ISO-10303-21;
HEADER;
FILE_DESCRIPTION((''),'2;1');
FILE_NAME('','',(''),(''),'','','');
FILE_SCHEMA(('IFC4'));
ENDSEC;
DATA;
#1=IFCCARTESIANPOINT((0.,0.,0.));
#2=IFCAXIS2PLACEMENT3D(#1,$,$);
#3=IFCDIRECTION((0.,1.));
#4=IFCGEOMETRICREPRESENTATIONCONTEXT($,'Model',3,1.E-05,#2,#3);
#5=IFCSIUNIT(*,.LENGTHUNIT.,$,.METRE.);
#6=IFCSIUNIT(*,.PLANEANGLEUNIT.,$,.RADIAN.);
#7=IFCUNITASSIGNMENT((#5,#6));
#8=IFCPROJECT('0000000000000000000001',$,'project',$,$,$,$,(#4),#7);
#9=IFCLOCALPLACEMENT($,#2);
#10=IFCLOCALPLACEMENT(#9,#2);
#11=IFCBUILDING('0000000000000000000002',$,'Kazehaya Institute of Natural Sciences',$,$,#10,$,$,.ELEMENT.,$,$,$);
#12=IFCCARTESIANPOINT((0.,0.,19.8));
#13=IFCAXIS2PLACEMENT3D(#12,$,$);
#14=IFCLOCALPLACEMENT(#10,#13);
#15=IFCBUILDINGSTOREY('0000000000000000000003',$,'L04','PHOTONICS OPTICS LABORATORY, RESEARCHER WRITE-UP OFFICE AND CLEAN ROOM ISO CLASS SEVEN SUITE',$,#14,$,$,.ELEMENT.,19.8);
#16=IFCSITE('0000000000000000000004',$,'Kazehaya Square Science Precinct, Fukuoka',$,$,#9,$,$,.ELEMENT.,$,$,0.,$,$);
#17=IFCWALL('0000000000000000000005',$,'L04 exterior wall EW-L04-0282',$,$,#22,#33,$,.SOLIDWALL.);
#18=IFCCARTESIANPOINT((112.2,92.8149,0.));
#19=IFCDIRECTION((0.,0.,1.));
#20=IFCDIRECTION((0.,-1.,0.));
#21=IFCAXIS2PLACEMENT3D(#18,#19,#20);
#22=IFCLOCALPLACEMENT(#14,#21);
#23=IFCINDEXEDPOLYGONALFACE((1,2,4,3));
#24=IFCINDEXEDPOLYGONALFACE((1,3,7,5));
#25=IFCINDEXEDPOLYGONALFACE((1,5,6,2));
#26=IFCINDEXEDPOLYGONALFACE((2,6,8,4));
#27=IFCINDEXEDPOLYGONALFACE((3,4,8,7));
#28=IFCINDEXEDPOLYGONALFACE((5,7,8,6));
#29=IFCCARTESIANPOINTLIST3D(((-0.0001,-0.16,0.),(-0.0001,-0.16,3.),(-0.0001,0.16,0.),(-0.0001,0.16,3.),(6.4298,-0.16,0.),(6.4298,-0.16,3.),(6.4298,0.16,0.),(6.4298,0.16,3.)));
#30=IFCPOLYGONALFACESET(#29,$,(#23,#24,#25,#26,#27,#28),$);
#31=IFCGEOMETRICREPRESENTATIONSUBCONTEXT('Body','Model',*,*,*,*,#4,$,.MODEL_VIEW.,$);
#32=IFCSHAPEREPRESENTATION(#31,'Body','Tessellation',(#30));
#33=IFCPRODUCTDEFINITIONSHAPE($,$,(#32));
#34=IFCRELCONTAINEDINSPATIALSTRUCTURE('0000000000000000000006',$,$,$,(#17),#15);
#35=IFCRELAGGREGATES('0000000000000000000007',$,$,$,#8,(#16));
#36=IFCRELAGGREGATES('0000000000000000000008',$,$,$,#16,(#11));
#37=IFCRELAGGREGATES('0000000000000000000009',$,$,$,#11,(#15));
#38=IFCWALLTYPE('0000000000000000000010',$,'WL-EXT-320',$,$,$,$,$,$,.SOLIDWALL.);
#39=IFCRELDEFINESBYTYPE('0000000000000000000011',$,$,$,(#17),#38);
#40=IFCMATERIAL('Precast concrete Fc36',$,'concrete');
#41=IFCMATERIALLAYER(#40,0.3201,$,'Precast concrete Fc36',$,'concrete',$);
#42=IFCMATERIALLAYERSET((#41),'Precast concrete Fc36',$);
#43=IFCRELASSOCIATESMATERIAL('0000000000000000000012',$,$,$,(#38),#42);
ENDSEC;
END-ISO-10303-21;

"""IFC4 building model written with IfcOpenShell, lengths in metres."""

from ifc_helpers import new_model, si_unit, direction, frame, frame_2d, origin, place, context, subcontext, project, spatial, rectangle, extrude, material, layer, layer_set, type_object, element, save


model = new_model("IFC4")

# Units and contexts
model_context = context("Model", 3, precision=1e-05, world=origin(), true_north=direction((0.0, 1.0)))
body_context = subcontext(model_context, "Body", "Model", "MODEL_VIEW")
ifc_project = project(units=[si_unit("LENGTHUNIT", "METRE"), si_unit("PLANEANGLEUNIT", "RADIAN")], contexts=[model_context])

# Site, building, storey
site_placement = place(None, origin())
site = spatial("IfcSite", under=ifc_project, at=site_placement, Name="Kazehaya Square Science Precinct, Fukuoka", CompositionType="ELEMENT", RefElevation=0.0)
building_placement = place(site_placement, origin())
building = spatial("IfcBuilding", under=site, at=building_placement, Name="Kazehaya Institute of Natural Sciences", CompositionType="ELEMENT")
storey_placement = place(building_placement, frame((0.0, 0.0, 19.8)))
storey = spatial("IfcBuildingStorey", under=building, at=storey_placement, Name="L04", Description="PHOTONICS OPTICS LABORATORY, RESEARCHER WRITE-UP OFFICE AND CLEAN ROOM ISO CLASS SEVEN SUITE", CompositionType="ELEMENT", Elevation=19.8)

# Shared definitions
ifc_material_1 = material(Name="Precast concrete Fc36", Category="concrete")

# Wall
ifc_layer_1 = layer(ifc_material_1, 0.3201, Name="Precast concrete Fc36", Category="concrete")
ifc_layer_set_1 = layer_set([ifc_layer_1], Name="Precast concrete Fc36")
wall_type_1 = type_object("IfcWallType", Name="WL-EXT-320", PredefinedType="SOLIDWALL", material=ifc_layer_set_1)
wall_1_placement = place(storey_placement, frame((112.2, 92.8149, 0.0), z_axis=(0.0, 0.0, 1.0), x_axis=(0.0, -1.0, 0.0)))
element("IfcWall", 1, at=wall_1_placement, inside=storey, type_object=wall_type_1, Name="L04 exterior wall EW-L04-0282", PredefinedType="SOLIDWALL", context=body_context, shape_type="SweptSolid", body=[
    extrude(rectangle(XDim=6.4299, YDim=0.3201, at=frame_2d((3.2148, 0.0))), origin(), (0.0, 0.0, 1.0), 3.0),
])

save(model, "model.ifc")
